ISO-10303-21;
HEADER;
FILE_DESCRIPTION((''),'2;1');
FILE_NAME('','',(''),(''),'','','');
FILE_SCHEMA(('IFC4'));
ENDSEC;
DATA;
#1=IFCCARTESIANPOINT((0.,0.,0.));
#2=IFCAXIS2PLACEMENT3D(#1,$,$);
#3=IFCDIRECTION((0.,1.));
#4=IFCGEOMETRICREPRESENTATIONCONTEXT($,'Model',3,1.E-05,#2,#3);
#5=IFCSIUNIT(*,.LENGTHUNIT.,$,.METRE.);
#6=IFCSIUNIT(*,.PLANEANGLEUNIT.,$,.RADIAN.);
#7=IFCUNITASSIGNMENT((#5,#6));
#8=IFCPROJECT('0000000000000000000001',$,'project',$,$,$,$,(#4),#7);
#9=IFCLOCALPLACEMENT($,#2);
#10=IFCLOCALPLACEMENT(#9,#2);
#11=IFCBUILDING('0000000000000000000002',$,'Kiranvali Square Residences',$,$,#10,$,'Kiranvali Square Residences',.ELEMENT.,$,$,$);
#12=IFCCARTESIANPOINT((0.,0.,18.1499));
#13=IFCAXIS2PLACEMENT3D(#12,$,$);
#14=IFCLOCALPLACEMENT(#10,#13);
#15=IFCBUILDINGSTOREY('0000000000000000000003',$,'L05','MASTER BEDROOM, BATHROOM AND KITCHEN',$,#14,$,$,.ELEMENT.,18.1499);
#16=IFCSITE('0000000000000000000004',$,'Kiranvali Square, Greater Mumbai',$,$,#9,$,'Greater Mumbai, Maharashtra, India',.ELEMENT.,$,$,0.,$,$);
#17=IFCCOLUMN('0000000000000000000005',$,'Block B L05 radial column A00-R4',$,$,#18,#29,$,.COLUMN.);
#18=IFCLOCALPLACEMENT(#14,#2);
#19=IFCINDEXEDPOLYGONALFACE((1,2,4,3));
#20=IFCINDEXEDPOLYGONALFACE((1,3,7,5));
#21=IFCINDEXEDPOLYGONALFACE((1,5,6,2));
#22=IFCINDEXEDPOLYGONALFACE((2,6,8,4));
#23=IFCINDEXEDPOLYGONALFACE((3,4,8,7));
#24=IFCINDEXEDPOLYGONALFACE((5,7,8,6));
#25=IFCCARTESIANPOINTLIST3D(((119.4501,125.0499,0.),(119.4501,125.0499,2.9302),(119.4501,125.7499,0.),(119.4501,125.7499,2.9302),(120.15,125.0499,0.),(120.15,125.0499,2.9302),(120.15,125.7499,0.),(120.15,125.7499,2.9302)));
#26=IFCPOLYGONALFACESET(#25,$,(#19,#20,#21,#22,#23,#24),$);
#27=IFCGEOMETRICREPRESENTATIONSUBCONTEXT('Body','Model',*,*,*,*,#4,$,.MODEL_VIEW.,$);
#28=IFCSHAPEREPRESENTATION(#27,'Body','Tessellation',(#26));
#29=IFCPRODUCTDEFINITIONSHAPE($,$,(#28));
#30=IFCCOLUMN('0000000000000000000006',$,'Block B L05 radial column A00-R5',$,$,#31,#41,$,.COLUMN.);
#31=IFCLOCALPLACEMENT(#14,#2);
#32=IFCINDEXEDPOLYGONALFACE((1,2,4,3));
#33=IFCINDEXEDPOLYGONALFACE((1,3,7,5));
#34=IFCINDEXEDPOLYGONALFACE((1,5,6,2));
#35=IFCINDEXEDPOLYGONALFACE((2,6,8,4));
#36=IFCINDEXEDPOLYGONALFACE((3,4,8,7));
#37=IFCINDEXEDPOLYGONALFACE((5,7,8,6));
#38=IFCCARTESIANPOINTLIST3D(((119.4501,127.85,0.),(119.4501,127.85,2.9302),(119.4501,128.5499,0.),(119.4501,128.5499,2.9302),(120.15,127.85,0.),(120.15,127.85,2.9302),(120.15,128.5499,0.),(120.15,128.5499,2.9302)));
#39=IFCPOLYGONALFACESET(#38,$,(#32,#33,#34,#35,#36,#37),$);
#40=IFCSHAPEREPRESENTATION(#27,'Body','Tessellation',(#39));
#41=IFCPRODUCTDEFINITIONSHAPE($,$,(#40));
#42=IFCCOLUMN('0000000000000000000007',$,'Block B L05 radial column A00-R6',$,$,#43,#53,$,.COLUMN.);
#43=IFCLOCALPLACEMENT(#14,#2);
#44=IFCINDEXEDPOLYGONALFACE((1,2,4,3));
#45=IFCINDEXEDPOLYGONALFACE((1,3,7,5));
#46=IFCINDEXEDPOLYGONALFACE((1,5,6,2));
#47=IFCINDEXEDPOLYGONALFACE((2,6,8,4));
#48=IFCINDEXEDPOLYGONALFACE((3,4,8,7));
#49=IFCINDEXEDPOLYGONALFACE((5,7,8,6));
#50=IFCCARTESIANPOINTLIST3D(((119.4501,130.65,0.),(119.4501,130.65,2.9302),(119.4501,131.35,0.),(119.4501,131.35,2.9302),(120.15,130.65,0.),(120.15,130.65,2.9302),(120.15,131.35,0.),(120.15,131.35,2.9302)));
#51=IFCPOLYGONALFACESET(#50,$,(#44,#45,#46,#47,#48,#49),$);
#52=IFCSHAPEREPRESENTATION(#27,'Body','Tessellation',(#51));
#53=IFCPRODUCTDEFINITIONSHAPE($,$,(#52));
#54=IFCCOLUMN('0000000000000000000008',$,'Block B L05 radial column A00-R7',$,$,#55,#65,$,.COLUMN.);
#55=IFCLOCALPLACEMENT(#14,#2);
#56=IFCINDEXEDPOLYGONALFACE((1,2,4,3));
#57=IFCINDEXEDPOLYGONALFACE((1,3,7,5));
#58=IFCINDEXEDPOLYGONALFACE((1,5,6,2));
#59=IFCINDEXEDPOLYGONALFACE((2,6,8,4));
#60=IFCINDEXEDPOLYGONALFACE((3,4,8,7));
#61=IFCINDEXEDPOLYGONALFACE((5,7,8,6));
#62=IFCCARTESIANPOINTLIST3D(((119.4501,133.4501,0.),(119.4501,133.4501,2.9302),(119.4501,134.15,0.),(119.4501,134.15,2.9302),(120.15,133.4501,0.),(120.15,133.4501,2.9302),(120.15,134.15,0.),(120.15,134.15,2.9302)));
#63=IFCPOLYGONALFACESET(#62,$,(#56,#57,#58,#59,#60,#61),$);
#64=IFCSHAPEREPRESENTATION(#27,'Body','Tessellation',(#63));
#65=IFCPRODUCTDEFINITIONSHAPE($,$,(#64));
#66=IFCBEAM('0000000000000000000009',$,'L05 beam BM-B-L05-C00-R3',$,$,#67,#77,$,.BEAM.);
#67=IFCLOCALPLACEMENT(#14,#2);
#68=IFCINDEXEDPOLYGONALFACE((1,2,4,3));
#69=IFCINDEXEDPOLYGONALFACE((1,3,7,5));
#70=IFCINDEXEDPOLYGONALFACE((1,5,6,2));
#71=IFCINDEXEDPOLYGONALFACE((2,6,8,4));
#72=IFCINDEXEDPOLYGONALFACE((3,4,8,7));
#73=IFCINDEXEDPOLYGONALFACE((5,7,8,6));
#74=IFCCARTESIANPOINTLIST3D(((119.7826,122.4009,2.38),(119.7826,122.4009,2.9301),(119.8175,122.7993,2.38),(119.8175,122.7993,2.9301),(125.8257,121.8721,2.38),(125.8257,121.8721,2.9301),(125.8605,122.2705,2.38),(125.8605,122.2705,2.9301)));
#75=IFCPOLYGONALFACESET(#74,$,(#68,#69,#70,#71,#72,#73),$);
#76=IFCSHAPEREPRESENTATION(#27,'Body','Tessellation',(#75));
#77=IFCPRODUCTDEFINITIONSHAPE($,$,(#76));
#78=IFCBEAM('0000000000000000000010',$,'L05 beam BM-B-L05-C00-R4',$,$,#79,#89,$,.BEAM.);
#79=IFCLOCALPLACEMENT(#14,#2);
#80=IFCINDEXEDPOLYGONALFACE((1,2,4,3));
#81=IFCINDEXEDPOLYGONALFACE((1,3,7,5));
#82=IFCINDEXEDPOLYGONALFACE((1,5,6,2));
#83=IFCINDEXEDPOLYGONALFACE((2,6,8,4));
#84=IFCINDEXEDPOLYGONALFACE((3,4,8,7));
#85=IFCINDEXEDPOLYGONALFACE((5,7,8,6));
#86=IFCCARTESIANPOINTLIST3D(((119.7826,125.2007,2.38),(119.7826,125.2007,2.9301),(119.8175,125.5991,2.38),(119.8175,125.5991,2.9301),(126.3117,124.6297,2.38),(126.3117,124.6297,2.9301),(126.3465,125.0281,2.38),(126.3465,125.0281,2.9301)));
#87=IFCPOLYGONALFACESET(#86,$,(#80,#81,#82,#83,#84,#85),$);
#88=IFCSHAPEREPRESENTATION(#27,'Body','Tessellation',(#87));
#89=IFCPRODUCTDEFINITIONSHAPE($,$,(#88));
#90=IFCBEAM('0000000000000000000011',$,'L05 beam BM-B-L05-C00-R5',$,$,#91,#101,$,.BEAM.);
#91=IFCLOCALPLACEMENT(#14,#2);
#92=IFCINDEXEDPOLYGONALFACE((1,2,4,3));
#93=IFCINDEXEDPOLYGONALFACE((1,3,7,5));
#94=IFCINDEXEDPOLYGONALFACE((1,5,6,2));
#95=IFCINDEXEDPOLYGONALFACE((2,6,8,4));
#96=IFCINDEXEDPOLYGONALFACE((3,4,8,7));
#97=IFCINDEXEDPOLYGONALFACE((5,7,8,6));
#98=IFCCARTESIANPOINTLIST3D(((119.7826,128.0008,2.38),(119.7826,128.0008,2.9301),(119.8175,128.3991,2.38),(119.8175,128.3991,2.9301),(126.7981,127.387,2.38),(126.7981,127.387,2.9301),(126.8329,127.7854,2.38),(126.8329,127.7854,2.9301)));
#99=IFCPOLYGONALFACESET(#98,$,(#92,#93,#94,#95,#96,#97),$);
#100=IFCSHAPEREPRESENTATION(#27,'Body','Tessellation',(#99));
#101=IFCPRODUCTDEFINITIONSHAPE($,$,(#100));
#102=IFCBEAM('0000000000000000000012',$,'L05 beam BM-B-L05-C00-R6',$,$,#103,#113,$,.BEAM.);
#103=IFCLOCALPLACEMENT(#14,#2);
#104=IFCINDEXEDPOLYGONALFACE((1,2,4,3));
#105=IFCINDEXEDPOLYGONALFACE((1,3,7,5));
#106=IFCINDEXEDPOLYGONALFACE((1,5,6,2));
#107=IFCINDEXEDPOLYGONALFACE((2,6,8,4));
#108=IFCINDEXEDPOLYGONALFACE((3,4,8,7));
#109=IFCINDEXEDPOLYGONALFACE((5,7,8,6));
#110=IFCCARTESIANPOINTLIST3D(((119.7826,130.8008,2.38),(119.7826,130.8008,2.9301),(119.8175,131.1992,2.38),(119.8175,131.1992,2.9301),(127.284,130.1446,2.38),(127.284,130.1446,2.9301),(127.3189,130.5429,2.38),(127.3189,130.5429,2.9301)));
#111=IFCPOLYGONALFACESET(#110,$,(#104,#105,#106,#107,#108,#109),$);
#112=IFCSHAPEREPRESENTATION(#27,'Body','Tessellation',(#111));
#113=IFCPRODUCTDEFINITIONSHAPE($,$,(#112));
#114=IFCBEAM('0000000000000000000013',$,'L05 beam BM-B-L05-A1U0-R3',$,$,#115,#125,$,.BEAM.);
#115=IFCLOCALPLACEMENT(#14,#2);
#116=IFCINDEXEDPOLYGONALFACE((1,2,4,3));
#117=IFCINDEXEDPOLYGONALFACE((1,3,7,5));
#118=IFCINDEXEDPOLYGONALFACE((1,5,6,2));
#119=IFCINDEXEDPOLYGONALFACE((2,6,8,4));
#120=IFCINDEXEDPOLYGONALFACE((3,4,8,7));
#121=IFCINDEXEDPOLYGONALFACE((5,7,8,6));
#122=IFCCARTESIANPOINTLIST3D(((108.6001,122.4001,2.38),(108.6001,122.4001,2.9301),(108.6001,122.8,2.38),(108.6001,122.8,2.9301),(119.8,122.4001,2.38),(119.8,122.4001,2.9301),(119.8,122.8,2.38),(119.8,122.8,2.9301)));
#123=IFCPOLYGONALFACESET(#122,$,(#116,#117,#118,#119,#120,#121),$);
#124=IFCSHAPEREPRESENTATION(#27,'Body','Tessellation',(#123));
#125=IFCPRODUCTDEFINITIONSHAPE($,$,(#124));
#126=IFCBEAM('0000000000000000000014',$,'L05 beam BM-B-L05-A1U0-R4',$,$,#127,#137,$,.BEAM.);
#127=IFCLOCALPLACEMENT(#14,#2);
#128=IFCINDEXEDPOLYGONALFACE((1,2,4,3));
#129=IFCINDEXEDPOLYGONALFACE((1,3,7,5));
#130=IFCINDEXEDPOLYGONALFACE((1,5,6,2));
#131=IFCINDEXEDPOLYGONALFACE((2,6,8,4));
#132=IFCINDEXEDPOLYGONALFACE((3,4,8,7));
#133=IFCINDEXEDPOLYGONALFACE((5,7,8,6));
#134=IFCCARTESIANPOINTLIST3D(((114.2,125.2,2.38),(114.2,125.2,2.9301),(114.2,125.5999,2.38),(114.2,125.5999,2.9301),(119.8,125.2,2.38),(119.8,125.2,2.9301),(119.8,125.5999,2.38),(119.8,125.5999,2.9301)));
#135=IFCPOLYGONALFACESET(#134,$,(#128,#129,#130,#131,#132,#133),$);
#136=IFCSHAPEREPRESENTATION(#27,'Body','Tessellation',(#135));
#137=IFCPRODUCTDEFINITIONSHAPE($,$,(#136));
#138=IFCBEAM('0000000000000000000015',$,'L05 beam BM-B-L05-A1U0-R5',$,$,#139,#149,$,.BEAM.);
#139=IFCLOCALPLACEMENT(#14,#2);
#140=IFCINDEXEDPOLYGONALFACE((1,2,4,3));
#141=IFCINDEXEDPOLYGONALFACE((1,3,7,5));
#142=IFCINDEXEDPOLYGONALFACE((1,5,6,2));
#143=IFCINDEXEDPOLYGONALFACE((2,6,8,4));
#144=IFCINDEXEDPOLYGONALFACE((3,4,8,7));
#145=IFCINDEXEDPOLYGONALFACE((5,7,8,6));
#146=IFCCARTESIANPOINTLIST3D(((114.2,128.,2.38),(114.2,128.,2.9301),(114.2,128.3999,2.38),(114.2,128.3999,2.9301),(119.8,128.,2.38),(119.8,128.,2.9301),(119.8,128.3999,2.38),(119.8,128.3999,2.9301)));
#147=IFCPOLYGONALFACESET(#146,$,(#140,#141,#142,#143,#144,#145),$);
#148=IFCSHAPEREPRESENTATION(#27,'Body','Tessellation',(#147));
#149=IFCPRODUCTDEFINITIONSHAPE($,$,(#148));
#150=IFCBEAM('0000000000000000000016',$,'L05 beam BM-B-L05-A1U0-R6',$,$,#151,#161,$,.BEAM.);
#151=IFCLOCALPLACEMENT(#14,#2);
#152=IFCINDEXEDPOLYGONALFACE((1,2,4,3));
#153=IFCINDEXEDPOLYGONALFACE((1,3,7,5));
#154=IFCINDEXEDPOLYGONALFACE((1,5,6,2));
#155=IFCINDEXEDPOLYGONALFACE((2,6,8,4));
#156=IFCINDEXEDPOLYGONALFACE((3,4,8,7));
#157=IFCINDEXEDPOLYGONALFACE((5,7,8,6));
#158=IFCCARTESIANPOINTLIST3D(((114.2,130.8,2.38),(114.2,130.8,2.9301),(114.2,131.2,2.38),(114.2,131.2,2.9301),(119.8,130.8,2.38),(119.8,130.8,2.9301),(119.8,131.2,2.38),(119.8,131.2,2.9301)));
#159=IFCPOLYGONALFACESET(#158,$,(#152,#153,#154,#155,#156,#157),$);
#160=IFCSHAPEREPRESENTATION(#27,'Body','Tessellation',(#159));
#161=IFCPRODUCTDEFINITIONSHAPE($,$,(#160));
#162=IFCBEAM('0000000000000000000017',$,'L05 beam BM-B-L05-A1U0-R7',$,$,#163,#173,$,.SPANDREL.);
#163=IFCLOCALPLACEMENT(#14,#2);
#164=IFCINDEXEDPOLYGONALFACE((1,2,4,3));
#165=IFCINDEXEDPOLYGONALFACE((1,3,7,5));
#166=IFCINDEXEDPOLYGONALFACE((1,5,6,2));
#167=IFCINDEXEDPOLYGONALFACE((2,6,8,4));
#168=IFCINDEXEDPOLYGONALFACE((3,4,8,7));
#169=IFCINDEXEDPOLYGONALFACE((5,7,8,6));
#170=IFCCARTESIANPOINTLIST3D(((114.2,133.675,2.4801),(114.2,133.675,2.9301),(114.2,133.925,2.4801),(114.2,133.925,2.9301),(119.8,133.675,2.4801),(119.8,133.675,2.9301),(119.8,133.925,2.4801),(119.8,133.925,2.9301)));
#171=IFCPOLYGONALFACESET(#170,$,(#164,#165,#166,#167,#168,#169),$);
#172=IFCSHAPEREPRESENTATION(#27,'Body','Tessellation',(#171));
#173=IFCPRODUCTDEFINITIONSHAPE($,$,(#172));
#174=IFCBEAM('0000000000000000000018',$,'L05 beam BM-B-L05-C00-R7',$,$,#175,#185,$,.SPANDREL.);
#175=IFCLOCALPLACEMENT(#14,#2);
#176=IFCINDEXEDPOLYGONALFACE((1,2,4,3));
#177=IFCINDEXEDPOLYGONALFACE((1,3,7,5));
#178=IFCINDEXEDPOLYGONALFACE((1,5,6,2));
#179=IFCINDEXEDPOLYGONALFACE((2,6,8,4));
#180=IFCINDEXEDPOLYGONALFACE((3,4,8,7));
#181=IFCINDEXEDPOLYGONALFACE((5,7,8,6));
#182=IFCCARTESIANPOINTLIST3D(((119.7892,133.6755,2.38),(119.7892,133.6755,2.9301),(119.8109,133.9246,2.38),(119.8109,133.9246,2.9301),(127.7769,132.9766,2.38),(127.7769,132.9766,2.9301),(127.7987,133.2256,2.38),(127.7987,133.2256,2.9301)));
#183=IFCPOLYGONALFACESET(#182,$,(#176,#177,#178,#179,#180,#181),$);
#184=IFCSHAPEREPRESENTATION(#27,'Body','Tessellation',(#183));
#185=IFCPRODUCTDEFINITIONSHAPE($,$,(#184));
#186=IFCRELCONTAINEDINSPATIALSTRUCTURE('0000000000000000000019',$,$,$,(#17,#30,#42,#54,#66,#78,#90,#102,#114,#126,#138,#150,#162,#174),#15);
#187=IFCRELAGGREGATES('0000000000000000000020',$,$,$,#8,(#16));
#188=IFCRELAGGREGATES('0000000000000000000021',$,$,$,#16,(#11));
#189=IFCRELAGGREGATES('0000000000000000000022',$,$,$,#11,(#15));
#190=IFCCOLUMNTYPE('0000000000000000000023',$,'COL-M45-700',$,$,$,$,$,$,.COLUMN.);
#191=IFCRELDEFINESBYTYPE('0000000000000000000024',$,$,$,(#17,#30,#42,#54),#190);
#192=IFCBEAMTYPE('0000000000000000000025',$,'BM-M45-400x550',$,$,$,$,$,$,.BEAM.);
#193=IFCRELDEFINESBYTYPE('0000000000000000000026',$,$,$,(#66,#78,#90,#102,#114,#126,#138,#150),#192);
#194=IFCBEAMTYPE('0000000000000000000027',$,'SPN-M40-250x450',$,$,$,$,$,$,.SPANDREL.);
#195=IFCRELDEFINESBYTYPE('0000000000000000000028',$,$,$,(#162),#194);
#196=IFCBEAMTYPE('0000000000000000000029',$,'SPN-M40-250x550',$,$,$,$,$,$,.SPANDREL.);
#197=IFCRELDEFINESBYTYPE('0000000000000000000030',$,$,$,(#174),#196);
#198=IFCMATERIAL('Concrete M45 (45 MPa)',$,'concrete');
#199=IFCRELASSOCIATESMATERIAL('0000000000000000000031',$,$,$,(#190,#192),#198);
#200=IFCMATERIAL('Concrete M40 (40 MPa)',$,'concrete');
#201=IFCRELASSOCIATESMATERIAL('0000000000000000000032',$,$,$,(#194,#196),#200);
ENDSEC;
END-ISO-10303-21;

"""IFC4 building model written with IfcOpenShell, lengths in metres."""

from ifc_helpers import new_model, si_unit, direction, frame, origin, origin_2d, place, context, subcontext, project, spatial, rectangle, extrude, material, material_profile, profile_set, type_object, element, save


model = new_model("IFC4")

# Units and contexts
model_context = context("Model", 3, precision=1e-05, world=origin(), true_north=direction((0.0, 1.0)))
body_context = subcontext(model_context, "Body", "Model", "MODEL_VIEW")
ifc_project = project(units=[si_unit("LENGTHUNIT", "METRE"), si_unit("PLANEANGLEUNIT", "RADIAN")], contexts=[model_context])

# Site, building, storey
site_placement = place(None, origin())
site = spatial("IfcSite", under=ifc_project, at=site_placement, Name="Kiranvali Square, Greater Mumbai", LongName="Greater Mumbai, Maharashtra, India", CompositionType="ELEMENT", RefElevation=0.0)
building_placement = place(site_placement, origin())
building = spatial("IfcBuilding", under=site, at=building_placement, Name="Kiranvali Square Residences", LongName="Kiranvali Square Residences", CompositionType="ELEMENT")
storey_placement = place(building_placement, frame((0.0, 0.0, 18.1499)))
storey = spatial("IfcBuildingStorey", under=building, at=storey_placement, Name="L05", Description="MASTER BEDROOM, BATHROOM AND KITCHEN", CompositionType="ELEMENT", Elevation=18.1499)

# Columns
ifc_material_1 = material(Name="Concrete M45 (45 MPa)", Category="concrete")
ifc_material_profile_1 = material_profile(ifc_material_1, rectangle(XDim=0.7, YDim=0.7, at=origin_2d()), Name="RC 700x700")
ifc_profile_set_1 = profile_set([ifc_material_profile_1], Name="Concrete M45 (45 MPa)")
column_type = type_object("IfcColumnType", Name="COL-M45-700", PredefinedType="COLUMN", material=ifc_profile_set_1)
for number, where, z_axis, x_axis, name in (
    (1, (119.8, 125.3999, 0.0), (0.0, 0.0, 1.0), (1.0, 0.0, 0.0), "Block B L05 radial column A00-R4"),
    (2, (119.8, 128.2, 0.0), (0.0, 0.0, 1.0), (1.0, 0.0, 0.0), "Block B L05 radial column A00-R5"),
    (3, (119.8, 131.0, 0.0), (0.0, 0.0, 1.0), (1.0, 0.0, 0.0), "Block B L05 radial column A00-R6"),
    (4, (119.8, 133.8, 0.0), (0.0, 0.0, 1.0), (1.0, 0.0, 0.0), "Block B L05 radial column A00-R7"),
):
    element("IfcColumn", number, at=place(storey_placement, frame(where, z_axis=z_axis, x_axis=x_axis)), inside=storey, type_object=column_type, Name=name, PredefinedType="COLUMN", context=body_context, shape_type="SweptSolid", body=[
        extrude(rectangle(XDim=0.7, YDim=0.7, at=origin_2d()), origin(), (0.0, 0.0, 1.0), 2.9302),
    ])

# Beams
ifc_material_profile_2 = material_profile(ifc_material_1, rectangle(XDim=0.3999, YDim=0.55, at=origin_2d()), Name="RC 400x550")
ifc_profile_set_2 = profile_set([ifc_material_profile_2], Name="Concrete M45 (45 MPa)")
beam_type_1 = type_object("IfcBeamType", Name="BM-M45-400x550", PredefinedType="BEAM", material=ifc_profile_set_2)
beam_1_placement = place(storey_placement, frame((119.8, 122.6001, 2.655), z_axis=(0.996193, -0.087175, 0.0), x_axis=(0.087175, 0.996193, 0.0)))
element("IfcBeam", 5, at=beam_1_placement, inside=storey, type_object=beam_type_1, Name="L05 beam BM-B-L05-C00-R3", PredefinedType="BEAM", context=body_context, shape_type="SweptSolid", body=[
    extrude(rectangle(XDim=0.3999, YDim=0.55, at=origin_2d()), origin(), (0.0, 0.0, 1.0), 6.0662),
])
beam_2_placement = place(storey_placement, frame((119.8, 125.3999, 2.655), z_axis=(0.996197, -0.08713, 0.0), x_axis=(0.08713, 0.996197, 0.0)))
element("IfcBeam", 6, at=beam_2_placement, inside=storey, type_object=beam_type_1, Name="L05 beam BM-B-L05-C00-R4", PredefinedType="BEAM", context=body_context, shape_type="SweptSolid", body=[
    extrude(rectangle(XDim=0.3999, YDim=0.55, at=origin_2d()), origin(), (0.0, 0.0, 1.0), 6.554),
])
beam_3_placement = place(storey_placement, frame((119.8, 128.2, 2.655), z_axis=(0.996195, -0.087156, 0.0), x_axis=(0.087156, 0.996195, 0.0)))
element("IfcBeam", 7, at=beam_3_placement, inside=storey, type_object=beam_type_1, Name="L05 beam BM-B-L05-C00-R5", PredefinedType="BEAM", context=body_context, shape_type="SweptSolid", body=[
    extrude(rectangle(XDim=0.3999, YDim=0.55, at=origin_2d()), origin(), (0.0, 0.0, 1.0), 7.0422),
])
beam_4_placement = place(storey_placement, frame((119.8, 131.0, 2.655), z_axis=(0.996195, -0.08715, 0.0), x_axis=(0.08715, 0.996195, 0.0)))
element("IfcBeam", 8, at=beam_4_placement, inside=storey, type_object=beam_type_1, Name="L05 beam BM-B-L05-C00-R6", PredefinedType="BEAM", context=body_context, shape_type="SweptSolid", body=[
    extrude(rectangle(XDim=0.3999, YDim=0.55, at=origin_2d()), origin(), (0.0, 0.0, 1.0), 7.53),
])
beam_5_placement = place(storey_placement, frame((119.8, 122.6001, 2.655), z_axis=(-1.0, 0.0, 0.0), x_axis=(0.0, -1.0, 0.0)))
element("IfcBeam", 9, at=beam_5_placement, inside=storey, type_object=beam_type_1, Name="L05 beam BM-B-L05-A1U0-R3", PredefinedType="BEAM", context=body_context, shape_type="SweptSolid", body=[
    extrude(rectangle(XDim=0.3999, YDim=0.55, at=origin_2d()), origin(), (0.0, 0.0, 1.0), 11.2),
])
for number, where, z_axis, x_axis, name in (
    (10, (119.8, 125.3999, 2.655), (-1.0, 0.0, 0.0), (0.0, -1.0, 0.0), "L05 beam BM-B-L05-A1U0-R4"),
    (11, (119.8, 128.2, 2.655), (-1.0, 0.0, 0.0), (0.0, -1.0, 0.0), "L05 beam BM-B-L05-A1U0-R5"),
    (12, (119.8, 131.0, 2.655), (-1.0, 0.0, 0.0), (0.0, -1.0, 0.0), "L05 beam BM-B-L05-A1U0-R6"),
):
    element("IfcBeam", number, at=place(storey_placement, frame(where, z_axis=z_axis, x_axis=x_axis)), inside=storey, type_object=beam_type_1, Name=name, PredefinedType="BEAM", context=body_context, shape_type="SweptSolid", body=[
        extrude(rectangle(XDim=0.3999, YDim=0.55, at=origin_2d()), origin(), (0.0, 0.0, 1.0), 5.6001),
    ])
ifc_material_2 = material(Name="Concrete M40 (40 MPa)", Category="concrete")
ifc_material_profile_3 = material_profile(ifc_material_2, rectangle(XDim=0.25, YDim=0.45, at=origin_2d()), Name="RC 250x450")
ifc_profile_set_3 = profile_set([ifc_material_profile_3], Name="Concrete M40 (40 MPa)")
beam_type_2 = type_object("IfcBeamType", Name="SPN-M40-250x450", PredefinedType="SPANDREL", material=ifc_profile_set_3)
beam_6_placement = place(storey_placement, frame((119.8, 133.8, 2.7051), z_axis=(-1.0, 0.0, 0.0), x_axis=(0.0, -1.0, 0.0)))
element("IfcBeam", 13, at=beam_6_placement, inside=storey, type_object=beam_type_2, Name="L05 beam BM-B-L05-A1U0-R7", PredefinedType="SPANDREL", context=body_context, shape_type="SweptSolid", body=[
    extrude(rectangle(XDim=0.25, YDim=0.45, at=origin_2d()), origin(), (0.0, 0.0, 1.0), 5.6001),
])
ifc_material_profile_4 = material_profile(ifc_material_2, rectangle(XDim=0.25, YDim=0.55, at=origin_2d()), Name="RC 250x550")
ifc_profile_set_4 = profile_set([ifc_material_profile_4], Name="Concrete M40 (40 MPa)")
beam_type_3 = type_object("IfcBeamType", Name="SPN-M40-250x550", PredefinedType="SPANDREL", material=ifc_profile_set_4)
beam_7_placement = place(storey_placement, frame((119.8, 133.8, 2.655), z_axis=(0.996193, -0.087172, 0.0), x_axis=(0.087172, 0.996193, 0.0)))
element("IfcBeam", 14, at=beam_7_placement, inside=storey, type_object=beam_type_3, Name="L05 beam BM-B-L05-C00-R7", PredefinedType="SPANDREL", context=body_context, shape_type="SweptSolid", body=[
    extrude(rectangle(XDim=0.25, YDim=0.55, at=origin_2d()), origin(), (0.0, 0.0, 1.0), 8.0183),
])

save(model, "model.ifc")
